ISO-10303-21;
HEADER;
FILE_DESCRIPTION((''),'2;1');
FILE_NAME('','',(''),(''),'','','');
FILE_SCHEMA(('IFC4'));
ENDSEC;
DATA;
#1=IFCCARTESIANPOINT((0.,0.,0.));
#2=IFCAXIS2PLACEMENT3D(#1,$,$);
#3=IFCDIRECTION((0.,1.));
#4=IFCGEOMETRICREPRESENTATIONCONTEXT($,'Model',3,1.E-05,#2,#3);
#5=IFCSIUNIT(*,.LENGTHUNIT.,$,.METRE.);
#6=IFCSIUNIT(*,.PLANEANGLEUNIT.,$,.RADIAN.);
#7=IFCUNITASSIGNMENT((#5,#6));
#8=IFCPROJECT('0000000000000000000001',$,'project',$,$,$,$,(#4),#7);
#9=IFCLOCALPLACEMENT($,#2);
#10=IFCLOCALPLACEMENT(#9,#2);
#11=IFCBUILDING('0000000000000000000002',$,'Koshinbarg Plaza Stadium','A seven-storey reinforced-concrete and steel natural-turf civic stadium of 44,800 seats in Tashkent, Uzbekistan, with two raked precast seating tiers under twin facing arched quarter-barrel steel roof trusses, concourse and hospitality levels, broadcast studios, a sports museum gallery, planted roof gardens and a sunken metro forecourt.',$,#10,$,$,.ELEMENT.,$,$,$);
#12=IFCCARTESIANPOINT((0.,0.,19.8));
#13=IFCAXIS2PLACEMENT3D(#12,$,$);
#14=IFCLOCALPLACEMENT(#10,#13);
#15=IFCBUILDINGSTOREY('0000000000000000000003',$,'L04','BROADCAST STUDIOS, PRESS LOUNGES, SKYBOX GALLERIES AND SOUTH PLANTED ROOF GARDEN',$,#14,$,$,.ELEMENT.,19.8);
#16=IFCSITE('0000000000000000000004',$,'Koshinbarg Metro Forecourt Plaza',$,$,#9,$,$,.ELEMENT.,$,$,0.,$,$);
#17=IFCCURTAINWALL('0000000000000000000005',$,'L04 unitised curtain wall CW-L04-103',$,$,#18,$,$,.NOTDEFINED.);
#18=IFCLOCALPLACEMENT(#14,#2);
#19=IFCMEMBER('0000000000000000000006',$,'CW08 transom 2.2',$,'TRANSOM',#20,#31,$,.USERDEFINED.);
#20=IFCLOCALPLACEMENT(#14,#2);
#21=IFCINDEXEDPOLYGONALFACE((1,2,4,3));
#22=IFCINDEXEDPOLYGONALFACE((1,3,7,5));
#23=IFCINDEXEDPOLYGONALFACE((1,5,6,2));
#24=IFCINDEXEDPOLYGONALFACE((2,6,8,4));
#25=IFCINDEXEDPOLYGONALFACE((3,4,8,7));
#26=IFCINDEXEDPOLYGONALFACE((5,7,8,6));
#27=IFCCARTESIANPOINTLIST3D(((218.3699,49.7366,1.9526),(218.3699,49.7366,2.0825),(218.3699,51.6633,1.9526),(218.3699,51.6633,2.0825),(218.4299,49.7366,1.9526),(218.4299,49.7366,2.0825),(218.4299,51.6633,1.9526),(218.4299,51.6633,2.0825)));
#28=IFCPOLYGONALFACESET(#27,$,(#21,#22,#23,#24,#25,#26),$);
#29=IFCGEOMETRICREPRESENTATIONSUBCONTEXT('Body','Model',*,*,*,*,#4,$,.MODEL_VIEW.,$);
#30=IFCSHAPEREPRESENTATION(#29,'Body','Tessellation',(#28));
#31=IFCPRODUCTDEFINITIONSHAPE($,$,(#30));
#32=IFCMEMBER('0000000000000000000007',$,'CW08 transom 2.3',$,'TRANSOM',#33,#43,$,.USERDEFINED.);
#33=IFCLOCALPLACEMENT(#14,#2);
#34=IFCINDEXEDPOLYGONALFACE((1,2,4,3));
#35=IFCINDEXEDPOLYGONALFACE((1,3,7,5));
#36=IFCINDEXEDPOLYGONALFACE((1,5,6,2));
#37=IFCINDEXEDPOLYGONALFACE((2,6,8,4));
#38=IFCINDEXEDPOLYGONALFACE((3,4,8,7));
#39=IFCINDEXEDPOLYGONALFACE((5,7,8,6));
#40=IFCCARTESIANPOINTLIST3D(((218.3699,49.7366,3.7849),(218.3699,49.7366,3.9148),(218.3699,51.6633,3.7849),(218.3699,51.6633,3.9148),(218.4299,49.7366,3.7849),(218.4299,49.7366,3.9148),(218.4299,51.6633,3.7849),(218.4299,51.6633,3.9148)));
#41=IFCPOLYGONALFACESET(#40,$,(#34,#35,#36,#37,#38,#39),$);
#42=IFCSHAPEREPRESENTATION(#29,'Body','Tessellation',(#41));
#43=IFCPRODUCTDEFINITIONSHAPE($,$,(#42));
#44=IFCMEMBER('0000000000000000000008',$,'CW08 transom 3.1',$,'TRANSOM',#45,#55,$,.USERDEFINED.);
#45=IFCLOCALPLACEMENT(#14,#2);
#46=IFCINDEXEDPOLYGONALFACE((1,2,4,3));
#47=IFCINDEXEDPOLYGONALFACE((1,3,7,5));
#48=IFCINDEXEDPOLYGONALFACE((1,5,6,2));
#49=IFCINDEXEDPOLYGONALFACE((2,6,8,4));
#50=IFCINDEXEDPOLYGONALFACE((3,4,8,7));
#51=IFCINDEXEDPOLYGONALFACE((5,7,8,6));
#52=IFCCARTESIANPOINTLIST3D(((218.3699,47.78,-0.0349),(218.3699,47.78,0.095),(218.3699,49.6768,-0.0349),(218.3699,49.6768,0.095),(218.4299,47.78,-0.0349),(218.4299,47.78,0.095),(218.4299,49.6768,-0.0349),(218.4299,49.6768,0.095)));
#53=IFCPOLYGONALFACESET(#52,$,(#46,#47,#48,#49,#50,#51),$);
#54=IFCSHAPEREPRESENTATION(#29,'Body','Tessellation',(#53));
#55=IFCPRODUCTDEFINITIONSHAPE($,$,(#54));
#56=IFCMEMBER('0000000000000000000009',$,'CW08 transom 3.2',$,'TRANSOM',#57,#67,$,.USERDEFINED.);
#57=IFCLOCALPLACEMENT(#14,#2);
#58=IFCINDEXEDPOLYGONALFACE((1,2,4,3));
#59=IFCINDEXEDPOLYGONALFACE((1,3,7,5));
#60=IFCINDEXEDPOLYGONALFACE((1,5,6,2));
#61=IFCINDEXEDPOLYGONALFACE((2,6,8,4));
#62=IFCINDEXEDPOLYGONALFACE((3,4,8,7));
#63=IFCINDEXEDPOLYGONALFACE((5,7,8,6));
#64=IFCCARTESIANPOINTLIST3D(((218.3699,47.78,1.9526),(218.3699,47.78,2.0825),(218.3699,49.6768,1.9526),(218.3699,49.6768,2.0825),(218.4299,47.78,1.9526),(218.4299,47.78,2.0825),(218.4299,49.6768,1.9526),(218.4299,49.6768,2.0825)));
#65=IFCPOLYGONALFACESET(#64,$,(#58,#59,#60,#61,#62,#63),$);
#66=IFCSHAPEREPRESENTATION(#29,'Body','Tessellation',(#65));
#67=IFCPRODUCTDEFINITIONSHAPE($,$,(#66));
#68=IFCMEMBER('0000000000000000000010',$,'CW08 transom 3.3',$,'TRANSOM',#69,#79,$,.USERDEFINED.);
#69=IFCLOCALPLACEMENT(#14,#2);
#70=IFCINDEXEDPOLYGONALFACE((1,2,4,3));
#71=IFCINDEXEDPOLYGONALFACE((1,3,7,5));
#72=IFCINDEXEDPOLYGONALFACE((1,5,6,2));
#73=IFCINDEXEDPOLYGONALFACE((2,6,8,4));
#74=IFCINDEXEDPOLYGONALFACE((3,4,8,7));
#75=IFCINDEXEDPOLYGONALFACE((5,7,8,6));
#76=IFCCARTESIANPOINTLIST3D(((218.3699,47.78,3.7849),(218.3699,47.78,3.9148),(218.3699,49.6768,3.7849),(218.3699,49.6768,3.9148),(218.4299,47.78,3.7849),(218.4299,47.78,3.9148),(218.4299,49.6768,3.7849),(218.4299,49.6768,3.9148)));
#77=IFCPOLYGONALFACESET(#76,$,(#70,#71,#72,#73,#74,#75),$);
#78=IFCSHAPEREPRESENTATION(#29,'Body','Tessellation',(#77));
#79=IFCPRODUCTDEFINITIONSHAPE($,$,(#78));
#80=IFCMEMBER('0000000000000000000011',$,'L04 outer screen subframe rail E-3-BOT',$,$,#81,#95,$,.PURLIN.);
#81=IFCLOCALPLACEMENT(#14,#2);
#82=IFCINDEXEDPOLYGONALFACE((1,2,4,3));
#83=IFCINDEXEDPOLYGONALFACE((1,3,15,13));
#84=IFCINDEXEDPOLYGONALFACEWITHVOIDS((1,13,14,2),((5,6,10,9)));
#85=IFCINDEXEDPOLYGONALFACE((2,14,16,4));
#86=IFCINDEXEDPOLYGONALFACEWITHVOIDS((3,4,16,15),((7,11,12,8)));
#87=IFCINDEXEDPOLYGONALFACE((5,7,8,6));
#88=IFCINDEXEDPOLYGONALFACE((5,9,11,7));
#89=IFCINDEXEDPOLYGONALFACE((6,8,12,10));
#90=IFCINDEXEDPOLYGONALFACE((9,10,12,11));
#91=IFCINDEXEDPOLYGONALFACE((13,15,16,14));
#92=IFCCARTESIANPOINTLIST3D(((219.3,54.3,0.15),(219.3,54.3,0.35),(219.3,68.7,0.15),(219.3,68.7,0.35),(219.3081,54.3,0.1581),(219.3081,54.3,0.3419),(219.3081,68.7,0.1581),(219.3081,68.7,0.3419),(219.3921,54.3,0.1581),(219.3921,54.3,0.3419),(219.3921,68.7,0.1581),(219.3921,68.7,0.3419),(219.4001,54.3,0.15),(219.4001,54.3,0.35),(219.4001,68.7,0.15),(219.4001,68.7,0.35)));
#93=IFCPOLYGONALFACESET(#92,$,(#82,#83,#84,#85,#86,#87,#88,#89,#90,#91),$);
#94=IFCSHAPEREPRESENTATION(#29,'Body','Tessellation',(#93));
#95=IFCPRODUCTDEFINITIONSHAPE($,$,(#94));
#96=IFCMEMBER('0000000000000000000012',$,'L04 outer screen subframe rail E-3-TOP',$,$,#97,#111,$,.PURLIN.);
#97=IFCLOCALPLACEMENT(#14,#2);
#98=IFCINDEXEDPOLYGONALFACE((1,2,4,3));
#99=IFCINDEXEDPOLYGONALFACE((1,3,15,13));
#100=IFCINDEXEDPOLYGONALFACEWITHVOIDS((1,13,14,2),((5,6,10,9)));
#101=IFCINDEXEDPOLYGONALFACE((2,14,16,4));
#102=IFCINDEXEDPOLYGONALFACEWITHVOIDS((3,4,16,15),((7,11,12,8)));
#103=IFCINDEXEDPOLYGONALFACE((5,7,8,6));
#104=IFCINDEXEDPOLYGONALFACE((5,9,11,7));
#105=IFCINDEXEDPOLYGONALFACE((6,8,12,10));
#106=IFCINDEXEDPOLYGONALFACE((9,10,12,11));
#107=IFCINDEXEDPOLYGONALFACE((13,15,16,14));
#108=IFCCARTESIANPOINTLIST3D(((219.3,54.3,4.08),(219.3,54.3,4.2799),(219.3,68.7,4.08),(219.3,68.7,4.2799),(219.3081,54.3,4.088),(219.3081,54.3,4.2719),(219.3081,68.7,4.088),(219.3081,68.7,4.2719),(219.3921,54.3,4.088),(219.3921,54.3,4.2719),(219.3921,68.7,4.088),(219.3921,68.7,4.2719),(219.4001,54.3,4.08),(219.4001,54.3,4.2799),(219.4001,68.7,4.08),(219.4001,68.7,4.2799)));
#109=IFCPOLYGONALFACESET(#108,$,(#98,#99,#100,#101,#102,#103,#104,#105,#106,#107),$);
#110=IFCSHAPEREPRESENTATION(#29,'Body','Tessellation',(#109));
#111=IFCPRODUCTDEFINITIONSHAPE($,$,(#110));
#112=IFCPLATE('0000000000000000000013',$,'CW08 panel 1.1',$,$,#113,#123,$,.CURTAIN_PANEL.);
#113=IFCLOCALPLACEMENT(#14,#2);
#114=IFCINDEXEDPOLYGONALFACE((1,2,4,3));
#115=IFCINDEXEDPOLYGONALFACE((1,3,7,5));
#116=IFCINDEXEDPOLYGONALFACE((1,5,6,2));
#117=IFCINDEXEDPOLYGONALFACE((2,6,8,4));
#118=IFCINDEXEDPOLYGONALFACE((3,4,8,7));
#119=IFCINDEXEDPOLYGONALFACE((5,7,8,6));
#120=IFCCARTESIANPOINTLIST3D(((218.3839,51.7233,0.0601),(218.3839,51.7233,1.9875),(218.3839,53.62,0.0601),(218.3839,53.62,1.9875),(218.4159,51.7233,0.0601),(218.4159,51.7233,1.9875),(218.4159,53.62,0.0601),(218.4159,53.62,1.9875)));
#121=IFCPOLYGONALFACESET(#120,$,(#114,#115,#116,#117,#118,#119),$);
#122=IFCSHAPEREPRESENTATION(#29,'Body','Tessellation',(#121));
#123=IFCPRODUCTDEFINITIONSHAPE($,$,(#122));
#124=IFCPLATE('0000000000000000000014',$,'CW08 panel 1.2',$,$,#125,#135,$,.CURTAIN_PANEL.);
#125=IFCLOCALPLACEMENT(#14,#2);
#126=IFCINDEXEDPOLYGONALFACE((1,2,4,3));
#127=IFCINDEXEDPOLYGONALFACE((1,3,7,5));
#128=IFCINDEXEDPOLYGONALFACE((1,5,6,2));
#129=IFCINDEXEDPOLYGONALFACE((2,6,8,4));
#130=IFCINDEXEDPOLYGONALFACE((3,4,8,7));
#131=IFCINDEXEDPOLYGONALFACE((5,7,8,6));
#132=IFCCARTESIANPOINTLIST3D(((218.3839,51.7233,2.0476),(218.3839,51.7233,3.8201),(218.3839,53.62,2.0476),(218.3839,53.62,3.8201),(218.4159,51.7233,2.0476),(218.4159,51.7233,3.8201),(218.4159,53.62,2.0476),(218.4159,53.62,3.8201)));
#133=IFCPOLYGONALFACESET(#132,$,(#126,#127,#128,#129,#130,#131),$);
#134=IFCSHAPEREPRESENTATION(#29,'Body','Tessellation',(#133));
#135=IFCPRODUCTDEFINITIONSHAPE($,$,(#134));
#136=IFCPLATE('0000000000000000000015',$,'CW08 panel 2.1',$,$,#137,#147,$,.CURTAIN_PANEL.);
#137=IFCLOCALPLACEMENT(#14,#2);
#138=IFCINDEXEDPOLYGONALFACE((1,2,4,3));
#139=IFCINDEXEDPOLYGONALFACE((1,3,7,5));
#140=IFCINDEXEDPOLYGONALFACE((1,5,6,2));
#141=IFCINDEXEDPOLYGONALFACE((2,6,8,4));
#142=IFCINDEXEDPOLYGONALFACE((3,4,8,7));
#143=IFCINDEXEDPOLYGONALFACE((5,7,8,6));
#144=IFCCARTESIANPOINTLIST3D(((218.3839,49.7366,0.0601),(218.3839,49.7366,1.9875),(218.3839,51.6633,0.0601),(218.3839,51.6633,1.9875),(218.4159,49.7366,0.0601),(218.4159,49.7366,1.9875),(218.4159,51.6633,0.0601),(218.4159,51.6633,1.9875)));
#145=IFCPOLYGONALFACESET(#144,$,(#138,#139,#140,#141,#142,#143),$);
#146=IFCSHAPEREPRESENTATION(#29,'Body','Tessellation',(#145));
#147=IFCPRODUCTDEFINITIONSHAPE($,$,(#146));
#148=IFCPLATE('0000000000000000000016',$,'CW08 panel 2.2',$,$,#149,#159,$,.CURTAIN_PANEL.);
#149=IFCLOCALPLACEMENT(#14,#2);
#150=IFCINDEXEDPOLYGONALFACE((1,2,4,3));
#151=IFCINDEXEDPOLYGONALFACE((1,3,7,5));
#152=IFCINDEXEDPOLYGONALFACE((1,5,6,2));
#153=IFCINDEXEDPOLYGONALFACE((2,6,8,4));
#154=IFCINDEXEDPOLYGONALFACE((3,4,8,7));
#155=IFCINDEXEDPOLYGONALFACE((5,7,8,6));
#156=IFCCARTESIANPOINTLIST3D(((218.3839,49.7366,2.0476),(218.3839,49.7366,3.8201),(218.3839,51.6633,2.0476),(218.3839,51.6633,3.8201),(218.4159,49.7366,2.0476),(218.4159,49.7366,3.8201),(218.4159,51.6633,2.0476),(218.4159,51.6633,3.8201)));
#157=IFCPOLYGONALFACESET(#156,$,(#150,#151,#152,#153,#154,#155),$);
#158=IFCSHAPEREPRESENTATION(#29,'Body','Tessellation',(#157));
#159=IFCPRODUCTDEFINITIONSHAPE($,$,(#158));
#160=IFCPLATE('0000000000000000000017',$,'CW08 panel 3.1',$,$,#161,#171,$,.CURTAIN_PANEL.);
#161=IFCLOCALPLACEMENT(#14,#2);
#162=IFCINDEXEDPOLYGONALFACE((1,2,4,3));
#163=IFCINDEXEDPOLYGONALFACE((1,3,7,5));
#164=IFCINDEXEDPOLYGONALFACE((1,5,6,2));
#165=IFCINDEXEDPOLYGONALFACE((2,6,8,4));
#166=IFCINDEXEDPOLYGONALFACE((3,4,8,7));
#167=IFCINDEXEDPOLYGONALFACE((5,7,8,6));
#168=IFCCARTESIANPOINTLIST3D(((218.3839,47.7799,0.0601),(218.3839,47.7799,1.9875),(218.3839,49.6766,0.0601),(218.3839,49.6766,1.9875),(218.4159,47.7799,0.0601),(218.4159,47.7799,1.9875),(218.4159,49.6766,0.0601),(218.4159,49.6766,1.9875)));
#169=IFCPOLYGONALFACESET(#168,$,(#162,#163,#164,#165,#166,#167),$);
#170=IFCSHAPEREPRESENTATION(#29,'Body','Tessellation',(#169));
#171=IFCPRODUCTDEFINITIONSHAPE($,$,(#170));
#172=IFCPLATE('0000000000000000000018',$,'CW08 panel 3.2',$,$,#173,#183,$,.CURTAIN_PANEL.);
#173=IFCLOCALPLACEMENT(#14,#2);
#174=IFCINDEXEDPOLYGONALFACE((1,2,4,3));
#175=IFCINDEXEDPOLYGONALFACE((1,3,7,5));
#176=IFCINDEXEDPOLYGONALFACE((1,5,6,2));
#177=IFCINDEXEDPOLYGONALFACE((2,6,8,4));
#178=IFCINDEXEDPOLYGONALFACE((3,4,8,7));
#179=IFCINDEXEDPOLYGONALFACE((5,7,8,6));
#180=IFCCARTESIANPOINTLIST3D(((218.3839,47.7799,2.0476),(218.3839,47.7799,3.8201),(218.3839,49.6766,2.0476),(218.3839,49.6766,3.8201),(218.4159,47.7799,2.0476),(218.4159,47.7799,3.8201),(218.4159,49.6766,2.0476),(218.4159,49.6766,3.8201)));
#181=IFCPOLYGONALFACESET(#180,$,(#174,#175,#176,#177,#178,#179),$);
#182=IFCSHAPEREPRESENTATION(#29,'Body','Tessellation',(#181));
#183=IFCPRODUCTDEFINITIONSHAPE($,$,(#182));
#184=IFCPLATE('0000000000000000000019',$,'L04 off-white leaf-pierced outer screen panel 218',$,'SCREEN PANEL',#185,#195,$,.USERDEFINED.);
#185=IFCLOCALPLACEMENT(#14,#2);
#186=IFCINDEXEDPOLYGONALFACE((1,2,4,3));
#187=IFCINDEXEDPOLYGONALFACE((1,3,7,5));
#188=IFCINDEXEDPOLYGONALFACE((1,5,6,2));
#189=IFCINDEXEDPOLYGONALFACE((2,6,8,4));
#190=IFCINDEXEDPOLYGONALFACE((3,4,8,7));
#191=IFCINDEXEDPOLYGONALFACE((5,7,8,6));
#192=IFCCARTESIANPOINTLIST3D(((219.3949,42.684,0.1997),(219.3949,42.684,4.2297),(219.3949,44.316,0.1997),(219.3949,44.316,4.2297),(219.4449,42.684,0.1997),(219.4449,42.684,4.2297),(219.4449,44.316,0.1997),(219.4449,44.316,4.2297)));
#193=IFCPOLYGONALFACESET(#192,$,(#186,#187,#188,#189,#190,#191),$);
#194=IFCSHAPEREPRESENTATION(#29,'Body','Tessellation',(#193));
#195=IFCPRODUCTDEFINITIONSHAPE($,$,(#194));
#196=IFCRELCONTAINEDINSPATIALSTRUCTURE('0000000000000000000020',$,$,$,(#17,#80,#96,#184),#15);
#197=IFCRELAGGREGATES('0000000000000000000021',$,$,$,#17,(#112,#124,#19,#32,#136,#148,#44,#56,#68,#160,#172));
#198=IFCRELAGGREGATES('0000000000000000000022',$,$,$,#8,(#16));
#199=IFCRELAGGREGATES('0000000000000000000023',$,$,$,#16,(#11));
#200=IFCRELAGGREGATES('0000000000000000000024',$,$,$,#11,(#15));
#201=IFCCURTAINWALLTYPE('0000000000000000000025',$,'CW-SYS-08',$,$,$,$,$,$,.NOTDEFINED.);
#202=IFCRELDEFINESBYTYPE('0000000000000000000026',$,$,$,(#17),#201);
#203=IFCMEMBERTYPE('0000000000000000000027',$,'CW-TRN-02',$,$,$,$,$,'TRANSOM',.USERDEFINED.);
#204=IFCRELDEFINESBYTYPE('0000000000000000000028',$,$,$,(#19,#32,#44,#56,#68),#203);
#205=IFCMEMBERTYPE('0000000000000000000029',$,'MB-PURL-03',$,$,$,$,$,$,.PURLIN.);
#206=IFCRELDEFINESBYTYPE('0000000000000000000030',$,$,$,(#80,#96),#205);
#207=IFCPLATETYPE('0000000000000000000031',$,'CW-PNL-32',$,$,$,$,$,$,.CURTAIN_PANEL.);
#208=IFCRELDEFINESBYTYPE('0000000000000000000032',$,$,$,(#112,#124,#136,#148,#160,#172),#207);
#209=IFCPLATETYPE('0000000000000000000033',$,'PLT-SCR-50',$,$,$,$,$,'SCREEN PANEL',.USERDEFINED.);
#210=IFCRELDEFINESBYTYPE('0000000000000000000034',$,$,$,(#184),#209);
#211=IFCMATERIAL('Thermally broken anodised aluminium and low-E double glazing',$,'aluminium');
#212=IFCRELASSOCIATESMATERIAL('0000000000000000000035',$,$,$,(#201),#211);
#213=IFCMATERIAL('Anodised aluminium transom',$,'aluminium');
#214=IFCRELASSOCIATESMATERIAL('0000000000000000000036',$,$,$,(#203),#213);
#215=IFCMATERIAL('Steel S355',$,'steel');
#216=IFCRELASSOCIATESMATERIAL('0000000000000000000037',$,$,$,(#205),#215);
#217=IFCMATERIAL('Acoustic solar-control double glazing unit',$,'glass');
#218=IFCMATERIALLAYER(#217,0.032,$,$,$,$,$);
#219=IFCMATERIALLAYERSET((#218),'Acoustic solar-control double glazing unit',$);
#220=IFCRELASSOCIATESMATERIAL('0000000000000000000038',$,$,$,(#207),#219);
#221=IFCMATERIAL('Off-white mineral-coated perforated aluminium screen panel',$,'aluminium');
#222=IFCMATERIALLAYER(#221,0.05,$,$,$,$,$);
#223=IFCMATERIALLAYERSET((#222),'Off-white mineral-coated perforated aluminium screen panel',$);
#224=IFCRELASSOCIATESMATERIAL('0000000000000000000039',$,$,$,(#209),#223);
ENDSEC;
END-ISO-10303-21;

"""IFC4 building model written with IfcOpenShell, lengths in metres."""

from ifc_helpers import new_model, si_unit, direction, frame, origin, origin_2d, place, context, subcontext, project, spatial, rectangle, hollow_rectangle, extrude, material, layer, layer_set, material_profile, profile_set, type_object, element, aggregate, save


model = new_model("IFC4")

# Units and contexts
model_context = context("Model", 3, precision=1e-05, world=origin(), true_north=direction((0.0, 1.0)))
body_context = subcontext(model_context, "Body", "Model", "MODEL_VIEW")
ifc_project = project(units=[si_unit("LENGTHUNIT", "METRE"), si_unit("PLANEANGLEUNIT", "RADIAN")], contexts=[model_context])

# Site, building, storey
site_placement = place(None, origin())
site = spatial("IfcSite", under=ifc_project, at=site_placement, Name="Koshinbarg Metro Forecourt Plaza", CompositionType="ELEMENT", RefElevation=0.0)
building_placement = place(site_placement, origin())
building = spatial("IfcBuilding", under=site, at=building_placement, Name="Koshinbarg Plaza Stadium", Description="A seven-storey reinforced-concrete and steel natural-turf civic stadium of 44,800 seats in Tashkent, Uzbekistan, with two raked precast seating tiers under twin facing arched quarter-barrel steel roof trusses, concourse and hospitality levels, broadcast studios, a sports museum gallery, planted roof gardens and a sunken metro forecourt.", CompositionType="ELEMENT")
storey_placement = place(building_placement, frame((0.0, 0.0, 19.8)))
storey = spatial("IfcBuildingStorey", under=building, at=storey_placement, Name="L04", Description="BROADCAST STUDIOS, PRESS LOUNGES, SKYBOX GALLERIES AND SOUTH PLANTED ROOF GARDEN", CompositionType="ELEMENT", Elevation=19.8)

# Shared definitions
ifc_material_1 = material(Name="Steel S355", Category="steel")

# Curtain wall, members
ifc_material_2 = material(Name="Thermally broken anodised aluminium and low-E double glazing", Category="aluminium")
curtain_wall_type = type_object("IfcCurtainWallType", Name="CW-SYS-08", PredefinedType="NOTDEFINED", material=ifc_material_2)
curtain_wall_placement = place(storey_placement, origin())
curtain_wall = element("IfcCurtainWall", 1, at=curtain_wall_placement, inside=storey, type_object=curtain_wall_type, Name="L04 unitised curtain wall CW-L04-103", PredefinedType="NOTDEFINED")
ifc_material_3 = material(Name="Anodised aluminium transom", Category="aluminium")
ifc_material_profile_1 = material_profile(ifc_material_3, rectangle(XDim=0.0601, YDim=0.1299, at=origin_2d()), Name="ALU 60x130")
ifc_profile_set_1 = profile_set([ifc_material_profile_1], Name="Anodised aluminium transom")
member_type_1 = type_object("IfcMemberType", Name="CW-TRN-02", ElementType="TRANSOM", PredefinedType="USERDEFINED", material=ifc_profile_set_1)
member_1_placement = place(storey_placement, frame((218.3999, 51.6633, 2.0176), z_axis=(0.0, -1.0, 0.0), x_axis=(1.0, 0.0, 0.0)))
member_1 = element("IfcMember", 2, at=member_1_placement, type_object=member_type_1, Name="CW08 transom 2.2", ObjectType="TRANSOM", PredefinedType="USERDEFINED", context=body_context, shape_type="SweptSolid", body=[
    extrude(rectangle(XDim=0.0601, YDim=0.1299, at=origin_2d()), origin(), (0.0, 0.0, 1.0), 1.9268),
])
member_2_placement = place(storey_placement, frame((218.3999, 51.6633, 3.8499), z_axis=(0.0, -1.0, 0.0), x_axis=(1.0, 0.0, 0.0)))
member_2 = element("IfcMember", 3, at=member_2_placement, type_object=member_type_1, Name="CW08 transom 2.3", ObjectType="TRANSOM", PredefinedType="USERDEFINED", context=body_context, shape_type="SweptSolid", body=[
    extrude(rectangle(XDim=0.0601, YDim=0.1299, at=origin_2d()), origin(), (0.0, 0.0, 1.0), 1.9268),
])
member_3_placement = place(storey_placement, frame((218.3999, 49.6768, 0.03), z_axis=(0.0, -1.0, 0.0), x_axis=(1.0, 0.0, 0.0)))
member_3 = element("IfcMember", 4, at=member_3_placement, type_object=member_type_1, Name="CW08 transom 3.1", ObjectType="TRANSOM", PredefinedType="USERDEFINED", context=body_context, shape_type="SweptSolid", body=[
    extrude(rectangle(XDim=0.0601, YDim=0.1299, at=origin_2d()), origin(), (0.0, 0.0, 1.0), 1.8967),
])
member_4_placement = place(storey_placement, frame((218.3999, 49.6768, 2.0176), z_axis=(0.0, -1.0, 0.0), x_axis=(1.0, 0.0, 0.0)))
member_4 = element("IfcMember", 5, at=member_4_placement, type_object=member_type_1, Name="CW08 transom 3.2", ObjectType="TRANSOM", PredefinedType="USERDEFINED", context=body_context, shape_type="SweptSolid", body=[
    extrude(rectangle(XDim=0.0601, YDim=0.1299, at=origin_2d()), origin(), (0.0, 0.0, 1.0), 1.8967),
])
member_5_placement = place(storey_placement, frame((218.3999, 49.6768, 3.8499), z_axis=(0.0, -1.0, 0.0), x_axis=(1.0, 0.0, 0.0)))
member_5 = element("IfcMember", 6, at=member_5_placement, type_object=member_type_1, Name="CW08 transom 3.3", ObjectType="TRANSOM", PredefinedType="USERDEFINED", context=body_context, shape_type="SweptSolid", body=[
    extrude(rectangle(XDim=0.0601, YDim=0.1299, at=origin_2d()), origin(), (0.0, 0.0, 1.0), 1.8967),
])

# Members
ifc_material_profile_2 = material_profile(ifc_material_1, hollow_rectangle(XDim=0.1001, YDim=0.2, WallThickness=0.0081, at=origin_2d()), Name="RHS 200x100x8")
ifc_profile_set_2 = profile_set([ifc_material_profile_2], Name="Steel S355")
member_type_2 = type_object("IfcMemberType", Name="MB-PURL-03", PredefinedType="PURLIN", material=ifc_profile_set_2)
for number, where, z_axis, x_axis, name in (
    (7, (219.3501, 54.3, 0.25), (0.0, 1.0, 0.0), (-1.0, 0.0, 0.0), "L04 outer screen subframe rail E-3-BOT"),
    (8, (219.3501, 54.3, 4.1799), (0.0, 1.0, 0.0), (-1.0, 0.0, 0.0), "L04 outer screen subframe rail E-3-TOP"),
):
    element("IfcMember", number, at=place(storey_placement, frame(where, z_axis=z_axis, x_axis=x_axis)), inside=storey, type_object=member_type_2, Name=name, PredefinedType="PURLIN", context=body_context, shape_type="SweptSolid", body=[
        extrude(hollow_rectangle(XDim=0.1001, YDim=0.2, WallThickness=0.0081, at=origin_2d()), origin(), (0.0, 0.0, 1.0), 14.3999),
    ])

# Plates
ifc_material_4 = material(Name="Acoustic solar-control double glazing unit", Category="glass")
ifc_layer_1 = layer(ifc_material_4, 0.032)
ifc_layer_set_1 = layer_set([ifc_layer_1], Name="Acoustic solar-control double glazing unit")
plate_type_1 = type_object("IfcPlateType", Name="CW-PNL-32", PredefinedType="CURTAIN_PANEL", material=ifc_layer_set_1)
plate_1_placement = place(storey_placement, frame((218.3999, 52.6716, 0.0601), z_axis=(0.0, 0.0, 1.0), x_axis=(0.0, -1.0, 0.0)))
plate_1 = element("IfcPlate", 9, at=plate_1_placement, type_object=plate_type_1, Name="CW08 panel 1.1", PredefinedType="CURTAIN_PANEL", context=body_context, shape_type="SweptSolid", body=[
    extrude(rectangle(XDim=1.8967, YDim=0.032, at=origin_2d()), origin(), (0.0, 0.0, 1.0), 1.9275),
])
plate_2_placement = place(storey_placement, frame((218.3999, 52.6716, 2.0476), z_axis=(0.0, 0.0, 1.0), x_axis=(0.0, -1.0, 0.0)))
plate_2 = element("IfcPlate", 10, at=plate_2_placement, type_object=plate_type_1, Name="CW08 panel 1.2", PredefinedType="CURTAIN_PANEL", context=body_context, shape_type="SweptSolid", body=[
    extrude(rectangle(XDim=1.8967, YDim=0.032, at=origin_2d()), origin(), (0.0, 0.0, 1.0), 1.7725),
])
plate_3_placement = place(storey_placement, frame((218.3999, 50.7, 0.0601), z_axis=(0.0, 0.0, 1.0), x_axis=(0.0, -1.0, 0.0)))
plate_3 = element("IfcPlate", 11, at=plate_3_placement, type_object=plate_type_1, Name="CW08 panel 2.1", PredefinedType="CURTAIN_PANEL", context=body_context, shape_type="SweptSolid", body=[
    extrude(rectangle(XDim=1.9268, YDim=0.032, at=origin_2d()), origin(), (0.0, 0.0, 1.0), 1.9275),
])
plate_4_placement = place(storey_placement, frame((218.3999, 50.7, 2.0476), z_axis=(0.0, 0.0, 1.0), x_axis=(0.0, -1.0, 0.0)))
plate_4 = element("IfcPlate", 12, at=plate_4_placement, type_object=plate_type_1, Name="CW08 panel 2.2", PredefinedType="CURTAIN_PANEL", context=body_context, shape_type="SweptSolid", body=[
    extrude(rectangle(XDim=1.9268, YDim=0.032, at=origin_2d()), origin(), (0.0, 0.0, 1.0), 1.7725),
])
plate_5_placement = place(storey_placement, frame((218.3999, 48.7283, 0.0601), z_axis=(0.0, 0.0, 1.0), x_axis=(0.0, -1.0, 0.0)))
plate_5 = element("IfcPlate", 13, at=plate_5_placement, type_object=plate_type_1, Name="CW08 panel 3.1", PredefinedType="CURTAIN_PANEL", context=body_context, shape_type="SweptSolid", body=[
    extrude(rectangle(XDim=1.8967, YDim=0.032, at=origin_2d()), origin(), (0.0, 0.0, 1.0), 1.9275),
])
plate_6_placement = place(storey_placement, frame((218.3999, 48.7283, 2.0476), z_axis=(0.0, 0.0, 1.0), x_axis=(0.0, -1.0, 0.0)))
plate_6 = element("IfcPlate", 14, at=plate_6_placement, type_object=plate_type_1, Name="CW08 panel 3.2", PredefinedType="CURTAIN_PANEL", context=body_context, shape_type="SweptSolid", body=[
    extrude(rectangle(XDim=1.8967, YDim=0.032, at=origin_2d()), origin(), (0.0, 0.0, 1.0), 1.7725),
])
aggregate(curtain_wall, [plate_1, plate_2, member_1, member_2, plate_3, plate_4, member_3, member_4, member_5, plate_5, plate_6])

# Plate
ifc_material_5 = material(Name="Off-white mineral-coated perforated aluminium screen panel", Category="aluminium")
ifc_layer_2 = layer(ifc_material_5, 0.05)
ifc_layer_set_2 = layer_set([ifc_layer_2], Name="Off-white mineral-coated perforated aluminium screen panel")
plate_type_2 = type_object("IfcPlateType", Name="PLT-SCR-50", ElementType="SCREEN PANEL", PredefinedType="USERDEFINED", material=ifc_layer_set_2)
for number, where, z_axis, x_axis, name in (
    (15, (219.4199, 43.5, 0.1997), (0.0, 0.0, 1.0), (1.0, 0.0, 0.0), "L04 off-white leaf-pierced outer screen panel 218"),
):
    element("IfcPlate", number, at=place(storey_placement, frame(where, z_axis=z_axis, x_axis=x_axis)), inside=storey, type_object=plate_type_2, Name=name, ObjectType="SCREEN PANEL", PredefinedType="USERDEFINED", context=body_context, shape_type="SweptSolid", body=[
        extrude(rectangle(XDim=0.05, YDim=1.6321, at=origin_2d()), origin(), (0.0, 0.0, 1.0), 4.03),
    ])

save(model, "model.ifc")
